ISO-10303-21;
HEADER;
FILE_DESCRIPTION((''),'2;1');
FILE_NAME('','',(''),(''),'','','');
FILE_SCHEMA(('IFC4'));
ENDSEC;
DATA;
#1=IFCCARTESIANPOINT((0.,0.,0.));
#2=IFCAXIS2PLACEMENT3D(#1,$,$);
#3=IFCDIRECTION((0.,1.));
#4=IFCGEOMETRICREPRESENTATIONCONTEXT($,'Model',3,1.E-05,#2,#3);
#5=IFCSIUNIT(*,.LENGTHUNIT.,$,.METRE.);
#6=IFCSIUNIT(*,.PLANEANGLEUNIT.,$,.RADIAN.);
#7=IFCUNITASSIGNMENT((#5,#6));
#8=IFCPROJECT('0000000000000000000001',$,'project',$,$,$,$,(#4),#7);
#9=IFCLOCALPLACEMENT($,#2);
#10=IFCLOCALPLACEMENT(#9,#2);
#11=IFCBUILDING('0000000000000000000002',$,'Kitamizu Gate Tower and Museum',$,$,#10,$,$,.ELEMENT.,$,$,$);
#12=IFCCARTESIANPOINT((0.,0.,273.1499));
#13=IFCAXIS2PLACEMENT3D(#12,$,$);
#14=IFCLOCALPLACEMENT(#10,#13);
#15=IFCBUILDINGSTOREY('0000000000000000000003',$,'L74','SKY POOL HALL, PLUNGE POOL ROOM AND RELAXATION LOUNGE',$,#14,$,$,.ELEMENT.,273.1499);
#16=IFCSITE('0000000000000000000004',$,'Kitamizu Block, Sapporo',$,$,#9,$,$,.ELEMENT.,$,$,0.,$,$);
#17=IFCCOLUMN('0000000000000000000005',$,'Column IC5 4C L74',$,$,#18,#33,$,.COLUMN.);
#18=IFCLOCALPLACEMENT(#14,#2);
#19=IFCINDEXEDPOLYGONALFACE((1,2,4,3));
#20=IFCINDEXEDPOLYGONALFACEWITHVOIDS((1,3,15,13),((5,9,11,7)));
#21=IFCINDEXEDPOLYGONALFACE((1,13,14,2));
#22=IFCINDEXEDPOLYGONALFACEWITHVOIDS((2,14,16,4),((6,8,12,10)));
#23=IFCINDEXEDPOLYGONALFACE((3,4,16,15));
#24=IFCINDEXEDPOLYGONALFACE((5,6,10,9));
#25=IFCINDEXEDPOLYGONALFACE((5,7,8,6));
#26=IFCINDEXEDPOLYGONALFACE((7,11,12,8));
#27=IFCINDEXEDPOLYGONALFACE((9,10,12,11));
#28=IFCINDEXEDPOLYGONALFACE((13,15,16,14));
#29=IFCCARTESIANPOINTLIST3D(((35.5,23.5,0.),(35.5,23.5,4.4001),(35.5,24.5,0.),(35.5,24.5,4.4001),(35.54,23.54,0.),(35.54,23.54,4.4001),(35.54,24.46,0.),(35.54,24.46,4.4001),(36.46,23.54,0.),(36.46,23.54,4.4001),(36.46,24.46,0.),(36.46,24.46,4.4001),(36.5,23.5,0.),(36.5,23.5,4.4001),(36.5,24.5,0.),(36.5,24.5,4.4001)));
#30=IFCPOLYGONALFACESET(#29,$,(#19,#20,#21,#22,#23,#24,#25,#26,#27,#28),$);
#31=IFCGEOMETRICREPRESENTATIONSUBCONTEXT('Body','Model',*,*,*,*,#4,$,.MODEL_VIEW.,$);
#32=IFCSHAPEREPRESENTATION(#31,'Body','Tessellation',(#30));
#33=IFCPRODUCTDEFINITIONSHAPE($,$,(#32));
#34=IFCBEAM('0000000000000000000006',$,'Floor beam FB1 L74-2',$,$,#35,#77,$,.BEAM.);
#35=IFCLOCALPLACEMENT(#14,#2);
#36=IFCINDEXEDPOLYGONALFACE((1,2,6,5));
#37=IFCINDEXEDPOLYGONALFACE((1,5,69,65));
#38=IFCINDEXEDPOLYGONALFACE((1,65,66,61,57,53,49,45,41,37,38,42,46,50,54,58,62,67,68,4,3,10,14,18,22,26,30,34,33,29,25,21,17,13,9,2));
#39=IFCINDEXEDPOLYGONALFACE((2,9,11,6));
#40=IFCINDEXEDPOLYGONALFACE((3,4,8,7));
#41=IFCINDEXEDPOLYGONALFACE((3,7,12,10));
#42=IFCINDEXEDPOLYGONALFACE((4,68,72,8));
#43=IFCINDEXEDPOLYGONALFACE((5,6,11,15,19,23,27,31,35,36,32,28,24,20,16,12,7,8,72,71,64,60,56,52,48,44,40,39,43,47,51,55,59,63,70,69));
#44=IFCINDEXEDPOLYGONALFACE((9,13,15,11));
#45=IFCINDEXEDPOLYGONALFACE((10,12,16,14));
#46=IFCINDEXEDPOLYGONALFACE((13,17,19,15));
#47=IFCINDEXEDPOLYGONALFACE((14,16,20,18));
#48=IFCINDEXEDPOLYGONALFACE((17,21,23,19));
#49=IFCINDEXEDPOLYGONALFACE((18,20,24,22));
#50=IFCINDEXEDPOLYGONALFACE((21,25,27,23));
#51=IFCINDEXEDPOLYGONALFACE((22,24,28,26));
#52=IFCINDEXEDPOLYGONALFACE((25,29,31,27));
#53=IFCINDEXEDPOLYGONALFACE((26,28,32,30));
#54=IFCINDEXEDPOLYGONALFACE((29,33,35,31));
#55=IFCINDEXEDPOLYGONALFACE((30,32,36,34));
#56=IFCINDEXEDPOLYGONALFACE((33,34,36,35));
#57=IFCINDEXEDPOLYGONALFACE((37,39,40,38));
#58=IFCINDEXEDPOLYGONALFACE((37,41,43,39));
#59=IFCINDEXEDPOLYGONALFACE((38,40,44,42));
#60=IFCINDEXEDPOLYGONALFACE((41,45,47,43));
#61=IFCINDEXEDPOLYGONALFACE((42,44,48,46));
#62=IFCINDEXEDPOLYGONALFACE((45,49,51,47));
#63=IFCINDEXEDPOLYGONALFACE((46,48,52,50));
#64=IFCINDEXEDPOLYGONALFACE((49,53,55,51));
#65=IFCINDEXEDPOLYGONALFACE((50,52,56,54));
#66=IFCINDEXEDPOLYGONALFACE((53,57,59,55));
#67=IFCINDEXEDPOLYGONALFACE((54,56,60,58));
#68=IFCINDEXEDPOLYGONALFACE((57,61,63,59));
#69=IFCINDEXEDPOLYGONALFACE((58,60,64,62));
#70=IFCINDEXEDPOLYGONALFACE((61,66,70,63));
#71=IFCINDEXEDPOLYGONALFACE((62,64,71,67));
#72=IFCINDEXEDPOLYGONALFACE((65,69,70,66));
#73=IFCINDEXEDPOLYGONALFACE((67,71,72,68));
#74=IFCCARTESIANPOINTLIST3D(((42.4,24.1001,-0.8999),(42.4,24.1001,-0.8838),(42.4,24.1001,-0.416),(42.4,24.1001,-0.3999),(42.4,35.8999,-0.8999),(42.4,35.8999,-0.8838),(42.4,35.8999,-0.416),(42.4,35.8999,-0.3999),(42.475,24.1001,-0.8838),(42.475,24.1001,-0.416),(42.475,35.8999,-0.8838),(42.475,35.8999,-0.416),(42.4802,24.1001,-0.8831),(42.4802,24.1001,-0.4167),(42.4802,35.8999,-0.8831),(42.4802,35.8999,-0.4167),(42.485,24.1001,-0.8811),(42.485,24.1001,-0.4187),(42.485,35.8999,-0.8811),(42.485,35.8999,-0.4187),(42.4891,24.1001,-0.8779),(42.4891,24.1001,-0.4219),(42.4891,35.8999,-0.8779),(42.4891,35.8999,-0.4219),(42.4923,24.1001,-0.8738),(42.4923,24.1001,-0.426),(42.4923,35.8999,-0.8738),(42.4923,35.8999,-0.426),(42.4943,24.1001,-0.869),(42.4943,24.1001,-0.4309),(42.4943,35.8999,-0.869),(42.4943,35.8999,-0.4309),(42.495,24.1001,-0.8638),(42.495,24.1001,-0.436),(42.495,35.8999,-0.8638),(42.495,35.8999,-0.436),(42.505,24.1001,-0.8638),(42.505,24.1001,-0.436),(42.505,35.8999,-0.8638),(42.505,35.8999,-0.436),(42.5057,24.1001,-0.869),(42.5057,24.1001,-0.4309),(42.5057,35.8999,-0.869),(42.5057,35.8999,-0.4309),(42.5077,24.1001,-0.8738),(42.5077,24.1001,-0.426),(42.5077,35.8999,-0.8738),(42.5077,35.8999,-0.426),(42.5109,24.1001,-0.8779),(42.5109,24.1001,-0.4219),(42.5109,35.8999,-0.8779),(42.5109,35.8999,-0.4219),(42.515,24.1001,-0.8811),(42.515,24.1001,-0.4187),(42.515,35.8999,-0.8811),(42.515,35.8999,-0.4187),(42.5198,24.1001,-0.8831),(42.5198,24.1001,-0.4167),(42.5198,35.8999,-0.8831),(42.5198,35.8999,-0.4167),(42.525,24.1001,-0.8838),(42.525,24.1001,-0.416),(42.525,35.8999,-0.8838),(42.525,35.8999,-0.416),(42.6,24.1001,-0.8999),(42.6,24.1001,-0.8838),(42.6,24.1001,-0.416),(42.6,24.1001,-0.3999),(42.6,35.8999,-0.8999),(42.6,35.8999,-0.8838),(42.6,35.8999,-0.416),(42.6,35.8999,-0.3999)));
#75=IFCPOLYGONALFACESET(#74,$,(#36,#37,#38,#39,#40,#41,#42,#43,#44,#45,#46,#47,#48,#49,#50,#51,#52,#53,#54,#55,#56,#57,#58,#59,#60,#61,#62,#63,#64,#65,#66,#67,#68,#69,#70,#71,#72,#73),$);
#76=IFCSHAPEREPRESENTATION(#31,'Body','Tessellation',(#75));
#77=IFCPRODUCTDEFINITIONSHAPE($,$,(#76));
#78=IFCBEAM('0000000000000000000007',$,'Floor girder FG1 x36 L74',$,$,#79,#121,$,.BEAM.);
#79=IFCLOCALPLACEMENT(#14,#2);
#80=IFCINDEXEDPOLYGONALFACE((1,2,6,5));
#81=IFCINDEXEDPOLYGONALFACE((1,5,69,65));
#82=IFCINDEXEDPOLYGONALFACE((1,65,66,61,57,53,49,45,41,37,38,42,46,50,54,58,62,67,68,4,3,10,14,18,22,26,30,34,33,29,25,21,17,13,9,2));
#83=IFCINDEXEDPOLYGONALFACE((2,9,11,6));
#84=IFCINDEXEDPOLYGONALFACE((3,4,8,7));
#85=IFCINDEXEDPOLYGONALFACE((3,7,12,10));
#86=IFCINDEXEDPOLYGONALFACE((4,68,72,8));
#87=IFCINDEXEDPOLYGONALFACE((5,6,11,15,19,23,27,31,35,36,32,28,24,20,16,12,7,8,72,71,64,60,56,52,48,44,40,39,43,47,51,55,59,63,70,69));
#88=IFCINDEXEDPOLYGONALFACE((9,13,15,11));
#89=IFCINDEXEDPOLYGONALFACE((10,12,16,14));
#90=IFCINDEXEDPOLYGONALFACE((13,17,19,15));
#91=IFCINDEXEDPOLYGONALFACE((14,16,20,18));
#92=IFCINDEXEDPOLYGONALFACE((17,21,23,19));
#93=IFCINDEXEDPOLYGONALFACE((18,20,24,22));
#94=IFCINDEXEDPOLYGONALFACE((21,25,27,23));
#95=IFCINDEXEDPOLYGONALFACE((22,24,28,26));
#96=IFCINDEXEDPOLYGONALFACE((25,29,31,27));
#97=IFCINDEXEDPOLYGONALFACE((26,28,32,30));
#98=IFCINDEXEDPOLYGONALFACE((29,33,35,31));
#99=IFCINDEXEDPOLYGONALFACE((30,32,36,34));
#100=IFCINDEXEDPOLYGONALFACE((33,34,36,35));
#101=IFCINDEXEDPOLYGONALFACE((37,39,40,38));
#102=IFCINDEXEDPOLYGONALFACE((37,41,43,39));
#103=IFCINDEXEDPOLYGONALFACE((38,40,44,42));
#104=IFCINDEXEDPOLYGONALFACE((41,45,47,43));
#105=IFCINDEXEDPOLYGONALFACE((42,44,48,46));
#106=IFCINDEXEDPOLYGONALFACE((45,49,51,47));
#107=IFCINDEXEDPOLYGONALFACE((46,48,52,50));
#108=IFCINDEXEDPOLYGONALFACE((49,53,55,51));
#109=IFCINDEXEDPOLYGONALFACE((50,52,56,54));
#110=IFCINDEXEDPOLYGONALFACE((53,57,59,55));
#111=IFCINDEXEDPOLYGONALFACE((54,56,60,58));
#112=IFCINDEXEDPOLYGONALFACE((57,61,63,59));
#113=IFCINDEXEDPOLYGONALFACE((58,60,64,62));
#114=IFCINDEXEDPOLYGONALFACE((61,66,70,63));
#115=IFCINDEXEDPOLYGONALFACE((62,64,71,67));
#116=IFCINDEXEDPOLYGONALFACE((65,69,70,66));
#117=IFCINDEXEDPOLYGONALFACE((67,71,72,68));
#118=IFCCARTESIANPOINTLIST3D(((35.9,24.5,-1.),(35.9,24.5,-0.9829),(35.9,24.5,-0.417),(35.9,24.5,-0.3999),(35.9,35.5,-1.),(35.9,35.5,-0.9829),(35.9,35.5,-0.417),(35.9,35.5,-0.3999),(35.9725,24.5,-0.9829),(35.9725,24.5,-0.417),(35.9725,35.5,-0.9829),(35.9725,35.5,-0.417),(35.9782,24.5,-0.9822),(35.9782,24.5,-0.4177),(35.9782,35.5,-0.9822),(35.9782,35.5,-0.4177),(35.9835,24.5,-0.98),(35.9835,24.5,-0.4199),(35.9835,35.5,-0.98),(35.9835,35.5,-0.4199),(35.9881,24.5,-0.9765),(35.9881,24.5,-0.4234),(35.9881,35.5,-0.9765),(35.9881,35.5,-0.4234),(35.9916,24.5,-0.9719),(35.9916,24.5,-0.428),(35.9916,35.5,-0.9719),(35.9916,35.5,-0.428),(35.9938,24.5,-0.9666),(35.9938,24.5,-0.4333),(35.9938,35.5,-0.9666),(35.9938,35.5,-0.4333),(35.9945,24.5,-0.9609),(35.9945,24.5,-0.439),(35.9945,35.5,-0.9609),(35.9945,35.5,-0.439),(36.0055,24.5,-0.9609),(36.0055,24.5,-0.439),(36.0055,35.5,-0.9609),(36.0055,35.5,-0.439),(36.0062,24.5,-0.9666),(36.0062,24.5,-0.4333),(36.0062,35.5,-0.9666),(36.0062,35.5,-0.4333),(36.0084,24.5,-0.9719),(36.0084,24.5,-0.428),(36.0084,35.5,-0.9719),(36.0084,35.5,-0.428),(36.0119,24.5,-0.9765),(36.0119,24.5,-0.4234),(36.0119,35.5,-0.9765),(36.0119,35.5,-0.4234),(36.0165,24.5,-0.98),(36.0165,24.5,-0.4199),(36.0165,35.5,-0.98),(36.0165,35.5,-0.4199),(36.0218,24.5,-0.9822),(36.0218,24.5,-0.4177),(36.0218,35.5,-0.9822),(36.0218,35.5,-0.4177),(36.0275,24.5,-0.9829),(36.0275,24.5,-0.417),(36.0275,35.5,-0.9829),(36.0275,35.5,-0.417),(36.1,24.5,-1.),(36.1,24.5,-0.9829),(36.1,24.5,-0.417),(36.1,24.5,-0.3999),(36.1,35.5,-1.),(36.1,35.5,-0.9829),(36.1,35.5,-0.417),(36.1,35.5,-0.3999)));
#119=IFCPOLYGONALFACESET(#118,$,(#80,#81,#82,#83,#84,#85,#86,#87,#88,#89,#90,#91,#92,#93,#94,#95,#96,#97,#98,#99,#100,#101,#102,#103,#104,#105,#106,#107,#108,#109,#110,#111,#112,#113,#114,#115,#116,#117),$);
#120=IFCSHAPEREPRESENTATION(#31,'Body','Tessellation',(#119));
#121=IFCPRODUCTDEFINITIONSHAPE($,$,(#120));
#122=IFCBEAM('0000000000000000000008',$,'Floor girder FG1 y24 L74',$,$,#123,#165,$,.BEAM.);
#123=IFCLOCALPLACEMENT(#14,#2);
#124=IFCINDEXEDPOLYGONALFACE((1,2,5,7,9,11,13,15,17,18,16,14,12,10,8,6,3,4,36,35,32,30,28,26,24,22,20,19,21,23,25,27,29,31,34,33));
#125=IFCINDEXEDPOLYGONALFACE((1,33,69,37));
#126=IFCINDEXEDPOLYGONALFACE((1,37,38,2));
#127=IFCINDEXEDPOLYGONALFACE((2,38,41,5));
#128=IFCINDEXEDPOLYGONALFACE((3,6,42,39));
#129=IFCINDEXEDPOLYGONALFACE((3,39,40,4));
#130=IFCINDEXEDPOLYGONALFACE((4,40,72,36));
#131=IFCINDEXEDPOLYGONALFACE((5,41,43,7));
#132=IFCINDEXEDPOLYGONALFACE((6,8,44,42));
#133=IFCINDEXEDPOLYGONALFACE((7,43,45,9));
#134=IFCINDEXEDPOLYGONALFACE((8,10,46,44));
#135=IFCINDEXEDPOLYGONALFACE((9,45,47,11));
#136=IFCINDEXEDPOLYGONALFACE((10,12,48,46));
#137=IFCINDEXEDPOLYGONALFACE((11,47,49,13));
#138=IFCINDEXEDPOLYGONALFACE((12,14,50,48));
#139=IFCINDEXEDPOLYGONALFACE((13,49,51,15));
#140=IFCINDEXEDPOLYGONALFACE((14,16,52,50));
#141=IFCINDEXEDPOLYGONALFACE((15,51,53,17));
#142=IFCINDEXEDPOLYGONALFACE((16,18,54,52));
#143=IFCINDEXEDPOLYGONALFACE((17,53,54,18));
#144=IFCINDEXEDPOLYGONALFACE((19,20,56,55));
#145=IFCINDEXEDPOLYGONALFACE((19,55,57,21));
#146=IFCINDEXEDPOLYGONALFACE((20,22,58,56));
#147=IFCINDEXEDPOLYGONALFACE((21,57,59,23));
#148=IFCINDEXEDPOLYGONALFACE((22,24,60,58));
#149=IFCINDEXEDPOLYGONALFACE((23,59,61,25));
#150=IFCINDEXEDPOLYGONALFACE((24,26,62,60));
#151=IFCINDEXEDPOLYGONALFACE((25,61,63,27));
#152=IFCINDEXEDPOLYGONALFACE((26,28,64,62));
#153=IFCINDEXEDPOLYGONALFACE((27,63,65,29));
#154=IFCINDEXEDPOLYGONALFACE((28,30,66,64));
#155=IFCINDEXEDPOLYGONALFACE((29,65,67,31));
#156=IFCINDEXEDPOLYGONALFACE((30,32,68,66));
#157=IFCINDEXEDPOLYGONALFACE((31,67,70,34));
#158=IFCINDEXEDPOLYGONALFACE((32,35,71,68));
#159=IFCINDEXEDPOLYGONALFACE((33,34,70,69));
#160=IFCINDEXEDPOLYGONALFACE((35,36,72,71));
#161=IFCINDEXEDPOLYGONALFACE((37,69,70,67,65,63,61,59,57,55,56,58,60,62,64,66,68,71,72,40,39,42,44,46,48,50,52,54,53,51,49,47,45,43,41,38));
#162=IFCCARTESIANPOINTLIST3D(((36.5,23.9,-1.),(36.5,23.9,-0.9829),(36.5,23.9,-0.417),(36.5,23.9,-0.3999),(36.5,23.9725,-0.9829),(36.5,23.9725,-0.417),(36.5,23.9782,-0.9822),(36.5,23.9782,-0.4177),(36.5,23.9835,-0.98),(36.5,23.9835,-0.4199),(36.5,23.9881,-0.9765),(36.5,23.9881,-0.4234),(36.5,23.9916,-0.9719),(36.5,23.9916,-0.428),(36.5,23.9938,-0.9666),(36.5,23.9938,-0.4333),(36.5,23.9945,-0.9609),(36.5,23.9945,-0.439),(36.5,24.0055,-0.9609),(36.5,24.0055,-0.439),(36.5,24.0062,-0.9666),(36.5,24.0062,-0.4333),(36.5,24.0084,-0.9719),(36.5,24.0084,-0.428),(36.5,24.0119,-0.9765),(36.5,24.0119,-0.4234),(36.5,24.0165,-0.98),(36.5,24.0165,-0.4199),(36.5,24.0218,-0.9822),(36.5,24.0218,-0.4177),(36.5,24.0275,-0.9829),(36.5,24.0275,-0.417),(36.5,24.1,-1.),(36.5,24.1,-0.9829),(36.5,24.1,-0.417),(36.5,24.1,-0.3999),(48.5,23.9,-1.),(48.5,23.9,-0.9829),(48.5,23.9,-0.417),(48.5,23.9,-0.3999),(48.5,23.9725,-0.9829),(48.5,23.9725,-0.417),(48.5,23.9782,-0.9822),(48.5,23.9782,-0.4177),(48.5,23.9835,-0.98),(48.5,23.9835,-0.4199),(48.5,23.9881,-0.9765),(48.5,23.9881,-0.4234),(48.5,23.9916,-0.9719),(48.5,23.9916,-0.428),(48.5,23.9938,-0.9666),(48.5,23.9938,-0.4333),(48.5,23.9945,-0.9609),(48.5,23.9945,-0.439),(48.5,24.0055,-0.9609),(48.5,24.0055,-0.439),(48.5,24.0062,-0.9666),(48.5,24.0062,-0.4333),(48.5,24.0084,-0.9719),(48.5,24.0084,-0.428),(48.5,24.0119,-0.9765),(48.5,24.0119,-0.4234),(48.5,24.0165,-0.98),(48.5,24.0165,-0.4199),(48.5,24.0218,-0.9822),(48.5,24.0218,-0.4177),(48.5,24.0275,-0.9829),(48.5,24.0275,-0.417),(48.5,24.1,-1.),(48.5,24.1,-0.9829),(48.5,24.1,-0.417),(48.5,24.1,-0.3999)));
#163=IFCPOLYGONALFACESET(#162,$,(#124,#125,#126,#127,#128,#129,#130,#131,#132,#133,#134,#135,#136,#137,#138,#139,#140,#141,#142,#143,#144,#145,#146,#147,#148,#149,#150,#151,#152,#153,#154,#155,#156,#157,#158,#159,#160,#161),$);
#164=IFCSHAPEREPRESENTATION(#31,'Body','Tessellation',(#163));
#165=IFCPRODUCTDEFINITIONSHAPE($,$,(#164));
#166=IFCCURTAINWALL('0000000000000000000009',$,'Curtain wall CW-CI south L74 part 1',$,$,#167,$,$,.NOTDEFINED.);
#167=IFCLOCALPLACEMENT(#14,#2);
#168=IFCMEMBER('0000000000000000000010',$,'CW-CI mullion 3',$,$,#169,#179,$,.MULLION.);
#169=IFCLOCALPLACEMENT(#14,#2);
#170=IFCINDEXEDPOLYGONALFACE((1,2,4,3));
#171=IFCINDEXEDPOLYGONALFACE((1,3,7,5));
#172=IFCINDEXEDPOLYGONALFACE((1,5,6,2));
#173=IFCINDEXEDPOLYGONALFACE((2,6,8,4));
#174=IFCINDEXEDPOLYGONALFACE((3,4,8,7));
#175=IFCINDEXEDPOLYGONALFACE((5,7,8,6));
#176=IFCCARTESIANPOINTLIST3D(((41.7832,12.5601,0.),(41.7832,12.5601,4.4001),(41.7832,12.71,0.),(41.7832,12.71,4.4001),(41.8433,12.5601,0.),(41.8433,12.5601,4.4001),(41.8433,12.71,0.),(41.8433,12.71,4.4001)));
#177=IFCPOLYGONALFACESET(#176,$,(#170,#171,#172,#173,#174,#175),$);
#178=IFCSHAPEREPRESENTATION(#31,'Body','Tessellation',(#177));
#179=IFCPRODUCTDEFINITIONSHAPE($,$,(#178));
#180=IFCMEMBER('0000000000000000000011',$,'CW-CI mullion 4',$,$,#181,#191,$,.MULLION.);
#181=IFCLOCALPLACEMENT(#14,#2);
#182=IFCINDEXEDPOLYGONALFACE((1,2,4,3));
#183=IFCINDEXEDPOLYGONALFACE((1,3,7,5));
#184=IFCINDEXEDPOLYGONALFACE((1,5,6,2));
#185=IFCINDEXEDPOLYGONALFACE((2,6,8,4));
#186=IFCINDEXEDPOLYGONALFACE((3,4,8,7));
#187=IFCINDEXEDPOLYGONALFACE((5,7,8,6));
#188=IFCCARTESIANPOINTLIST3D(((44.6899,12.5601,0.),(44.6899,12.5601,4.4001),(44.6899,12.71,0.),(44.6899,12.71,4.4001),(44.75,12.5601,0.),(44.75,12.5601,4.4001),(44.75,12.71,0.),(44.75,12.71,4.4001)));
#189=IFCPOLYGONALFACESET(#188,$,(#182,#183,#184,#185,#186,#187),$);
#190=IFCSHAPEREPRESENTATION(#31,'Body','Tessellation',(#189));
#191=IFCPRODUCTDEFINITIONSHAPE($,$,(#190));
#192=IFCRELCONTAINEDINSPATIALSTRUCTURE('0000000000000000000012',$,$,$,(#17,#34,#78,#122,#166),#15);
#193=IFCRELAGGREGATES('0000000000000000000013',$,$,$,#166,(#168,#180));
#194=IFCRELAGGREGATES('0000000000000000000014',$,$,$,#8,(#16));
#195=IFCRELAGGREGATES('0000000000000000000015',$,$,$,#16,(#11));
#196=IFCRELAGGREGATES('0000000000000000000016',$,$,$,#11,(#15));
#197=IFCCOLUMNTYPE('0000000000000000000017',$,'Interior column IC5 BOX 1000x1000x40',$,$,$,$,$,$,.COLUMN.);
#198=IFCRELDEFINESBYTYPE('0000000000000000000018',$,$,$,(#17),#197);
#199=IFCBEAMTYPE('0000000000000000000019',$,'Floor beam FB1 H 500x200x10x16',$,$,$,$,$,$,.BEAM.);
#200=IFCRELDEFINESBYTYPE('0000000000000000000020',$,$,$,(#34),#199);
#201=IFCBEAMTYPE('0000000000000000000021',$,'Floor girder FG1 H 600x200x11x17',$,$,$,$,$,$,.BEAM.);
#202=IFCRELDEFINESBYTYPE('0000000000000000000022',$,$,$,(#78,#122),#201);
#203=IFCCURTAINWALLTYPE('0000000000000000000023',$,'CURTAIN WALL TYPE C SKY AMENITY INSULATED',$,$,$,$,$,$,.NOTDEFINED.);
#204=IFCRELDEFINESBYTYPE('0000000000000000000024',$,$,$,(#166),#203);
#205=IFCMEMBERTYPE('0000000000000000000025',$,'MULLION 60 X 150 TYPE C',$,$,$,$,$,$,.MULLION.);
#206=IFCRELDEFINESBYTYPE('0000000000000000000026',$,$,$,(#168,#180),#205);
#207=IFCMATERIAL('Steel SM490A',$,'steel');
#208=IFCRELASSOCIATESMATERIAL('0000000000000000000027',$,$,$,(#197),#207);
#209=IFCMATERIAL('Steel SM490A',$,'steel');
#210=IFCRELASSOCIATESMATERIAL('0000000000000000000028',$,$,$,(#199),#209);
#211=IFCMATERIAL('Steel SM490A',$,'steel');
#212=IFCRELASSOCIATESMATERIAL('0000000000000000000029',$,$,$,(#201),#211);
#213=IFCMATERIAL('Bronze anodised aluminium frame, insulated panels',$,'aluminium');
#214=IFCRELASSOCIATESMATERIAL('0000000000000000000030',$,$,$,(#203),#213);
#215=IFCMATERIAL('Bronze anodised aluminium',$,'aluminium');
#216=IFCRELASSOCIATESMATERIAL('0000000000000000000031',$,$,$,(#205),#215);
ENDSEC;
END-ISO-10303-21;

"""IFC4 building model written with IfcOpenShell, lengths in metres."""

from ifc_helpers import new_model, si_unit, direction, frame, origin, origin_2d, place, context, subcontext, project, spatial, rectangle, hollow_rectangle, i_section, extrude, material, material_profile, profile_set, type_object, element, aggregate, save


model = new_model("IFC4")

# Units and contexts
model_context = context("Model", 3, precision=1e-05, world=origin(), true_north=direction((0.0, 1.0)))
body_context = subcontext(model_context, "Body", "Model", "MODEL_VIEW")
ifc_project = project(units=[si_unit("LENGTHUNIT", "METRE"), si_unit("PLANEANGLEUNIT", "RADIAN")], contexts=[model_context])

# Site, building, storey
site_placement = place(None, origin())
site = spatial("IfcSite", under=ifc_project, at=site_placement, Name="Kitamizu Block, Sapporo", CompositionType="ELEMENT", RefElevation=0.0)
building_placement = place(site_placement, origin())
building = spatial("IfcBuilding", under=site, at=building_placement, Name="Kitamizu Gate Tower and Museum", CompositionType="ELEMENT")
storey_placement = place(building_placement, frame((0.0, 0.0, 273.1499)))
storey = spatial("IfcBuildingStorey", under=building, at=storey_placement, Name="L74", Description="SKY POOL HALL, PLUNGE POOL ROOM AND RELAXATION LOUNGE", CompositionType="ELEMENT", Elevation=273.1499)

# Column
ifc_material_1 = material(Name="Steel SM490A", Category="steel")
ifc_material_profile_1 = material_profile(ifc_material_1, hollow_rectangle(XDim=1.0, YDim=1.0, WallThickness=0.04, at=origin_2d()), Name="BOX 1000x1000x40")
ifc_profile_set_1 = profile_set([ifc_material_profile_1], Name="Steel SM490A")
column_type = type_object("IfcColumnType", Name="Interior column IC5 BOX 1000x1000x40", PredefinedType="COLUMN", material=ifc_profile_set_1)
column_placement = place(storey_placement, frame((36.0, 24.0, 0.0), z_axis=(0.0, 0.0, 1.0), x_axis=(1.0, 0.0, 0.0)))
element("IfcColumn", 1, at=column_placement, inside=storey, type_object=column_type, Name="Column IC5 4C L74", PredefinedType="COLUMN", context=body_context, shape_type="SweptSolid", body=[
    extrude(hollow_rectangle(XDim=1.0, YDim=1.0, WallThickness=0.04, at=origin_2d()), origin(), (0.0, 0.0, 1.0), 4.4001),
])

# Beams
ifc_material_2 = material(Name="Steel SM490A", Category="steel")
ifc_material_profile_2 = material_profile(ifc_material_2, i_section(OverallWidth=0.2, OverallDepth=0.5, WebThickness=0.01, FlangeThickness=0.0161, FilletRadius=0.02, at=origin_2d()), Name="H-500x200x10x16")
ifc_profile_set_2 = profile_set([ifc_material_profile_2], Name="Steel SM490A")
beam_type_1 = type_object("IfcBeamType", Name="Floor beam FB1 H 500x200x10x16", PredefinedType="BEAM", material=ifc_profile_set_2)
beam_1_placement = place(storey_placement, frame((42.5, 24.1001, -0.6499), z_axis=(0.0, 1.0, 0.0), x_axis=(-1.0, 0.0, 0.0)))
element("IfcBeam", 2, at=beam_1_placement, inside=storey, type_object=beam_type_1, Name="Floor beam FB1 L74-2", PredefinedType="BEAM", context=body_context, shape_type="SweptSolid", body=[
    extrude(i_section(OverallWidth=0.2, OverallDepth=0.5, WebThickness=0.01, FlangeThickness=0.0161, FilletRadius=0.02, at=origin_2d()), origin(), (0.0, 0.0, 1.0), 11.7998),
])
ifc_material_3 = material(Name="Steel SM490A", Category="steel")
ifc_material_profile_3 = material_profile(ifc_material_3, i_section(OverallWidth=0.2, OverallDepth=0.6001, WebThickness=0.011, FlangeThickness=0.0171, FilletRadius=0.022, at=origin_2d()), Name="H-600x200x11x17")
ifc_profile_set_3 = profile_set([ifc_material_profile_3], Name="Steel SM490A")
beam_type_2 = type_object("IfcBeamType", Name="Floor girder FG1 H 600x200x11x17", PredefinedType="BEAM", material=ifc_profile_set_3)
beam_2_placement = place(storey_placement, frame((36.0, 24.5, -0.7), z_axis=(0.0, 1.0, 0.0), x_axis=(-1.0, 0.0, 0.0)))
element("IfcBeam", 3, at=beam_2_placement, inside=storey, type_object=beam_type_2, Name="Floor girder FG1 x36 L74", PredefinedType="BEAM", context=body_context, shape_type="SweptSolid", body=[
    extrude(i_section(OverallWidth=0.2, OverallDepth=0.6001, WebThickness=0.011, FlangeThickness=0.0171, FilletRadius=0.022, at=origin_2d()), origin(), (0.0, 0.0, 1.0), 11.0),
])
beam_3_placement = place(storey_placement, frame((36.5, 24.0, -0.7), z_axis=(1.0, 0.0, 0.0), x_axis=(0.0, 1.0, 0.0)))
element("IfcBeam", 4, at=beam_3_placement, inside=storey, type_object=beam_type_2, Name="Floor girder FG1 y24 L74", PredefinedType="BEAM", context=body_context, shape_type="SweptSolid", body=[
    extrude(i_section(OverallWidth=0.2, OverallDepth=0.6001, WebThickness=0.011, FlangeThickness=0.0171, FilletRadius=0.022, at=origin_2d()), origin(), (0.0, 0.0, 1.0), 12.0),
])

# Curtain wall, members
ifc_material_4 = material(Name="Bronze anodised aluminium frame, insulated panels", Category="aluminium")
curtain_wall_type_1 = type_object("IfcCurtainWallType", Name="CURTAIN WALL TYPE C SKY AMENITY INSULATED", PredefinedType="NOTDEFINED", material=ifc_material_4)
curtain_wall_1_placement = place(storey_placement, origin())
curtain_wall_1 = element("IfcCurtainWall", 5, at=curtain_wall_1_placement, inside=storey, type_object=curtain_wall_type_1, Name="Curtain wall CW-CI south L74 part 1", PredefinedType="NOTDEFINED")
ifc_material_5 = material(Name="Bronze anodised aluminium", Category="aluminium")
ifc_material_profile_4 = material_profile(ifc_material_5, rectangle(XDim=0.0601, YDim=0.1499, at=origin_2d()), Name="AL 60X150")
ifc_profile_set_4 = profile_set([ifc_material_profile_4], Name="Bronze anodised aluminium")
member_type_1 = type_object("IfcMemberType", Name="MULLION 60 X 150 TYPE C", PredefinedType="MULLION", material=ifc_profile_set_4)
member_1_placement = place(storey_placement, frame((41.8132, 12.635, 0.0), z_axis=(0.0, 0.0, 1.0), x_axis=(1.0, 0.0, 0.0)))
member_1 = element("IfcMember", 6, at=member_1_placement, type_object=member_type_1, Name="CW-CI mullion 3", PredefinedType="MULLION", context=body_context, shape_type="SweptSolid", body=[
    extrude(rectangle(XDim=0.0601, YDim=0.1499, at=origin_2d()), origin(), (0.0, 0.0, 1.0), 4.4001),
])
member_2_placement = place(storey_placement, frame((44.72, 12.635, 0.0), z_axis=(0.0, 0.0, 1.0), x_axis=(1.0, 0.0, 0.0)))
member_2 = element("IfcMember", 7, at=member_2_placement, type_object=member_type_1, Name="CW-CI mullion 4", PredefinedType="MULLION", context=body_context, shape_type="SweptSolid", body=[
    extrude(rectangle(XDim=0.0601, YDim=0.1499, at=origin_2d()), origin(), (0.0, 0.0, 1.0), 4.4001),
])

aggregate(curtain_wall_1, [member_1, member_2])

save(model, "model.ifc")
